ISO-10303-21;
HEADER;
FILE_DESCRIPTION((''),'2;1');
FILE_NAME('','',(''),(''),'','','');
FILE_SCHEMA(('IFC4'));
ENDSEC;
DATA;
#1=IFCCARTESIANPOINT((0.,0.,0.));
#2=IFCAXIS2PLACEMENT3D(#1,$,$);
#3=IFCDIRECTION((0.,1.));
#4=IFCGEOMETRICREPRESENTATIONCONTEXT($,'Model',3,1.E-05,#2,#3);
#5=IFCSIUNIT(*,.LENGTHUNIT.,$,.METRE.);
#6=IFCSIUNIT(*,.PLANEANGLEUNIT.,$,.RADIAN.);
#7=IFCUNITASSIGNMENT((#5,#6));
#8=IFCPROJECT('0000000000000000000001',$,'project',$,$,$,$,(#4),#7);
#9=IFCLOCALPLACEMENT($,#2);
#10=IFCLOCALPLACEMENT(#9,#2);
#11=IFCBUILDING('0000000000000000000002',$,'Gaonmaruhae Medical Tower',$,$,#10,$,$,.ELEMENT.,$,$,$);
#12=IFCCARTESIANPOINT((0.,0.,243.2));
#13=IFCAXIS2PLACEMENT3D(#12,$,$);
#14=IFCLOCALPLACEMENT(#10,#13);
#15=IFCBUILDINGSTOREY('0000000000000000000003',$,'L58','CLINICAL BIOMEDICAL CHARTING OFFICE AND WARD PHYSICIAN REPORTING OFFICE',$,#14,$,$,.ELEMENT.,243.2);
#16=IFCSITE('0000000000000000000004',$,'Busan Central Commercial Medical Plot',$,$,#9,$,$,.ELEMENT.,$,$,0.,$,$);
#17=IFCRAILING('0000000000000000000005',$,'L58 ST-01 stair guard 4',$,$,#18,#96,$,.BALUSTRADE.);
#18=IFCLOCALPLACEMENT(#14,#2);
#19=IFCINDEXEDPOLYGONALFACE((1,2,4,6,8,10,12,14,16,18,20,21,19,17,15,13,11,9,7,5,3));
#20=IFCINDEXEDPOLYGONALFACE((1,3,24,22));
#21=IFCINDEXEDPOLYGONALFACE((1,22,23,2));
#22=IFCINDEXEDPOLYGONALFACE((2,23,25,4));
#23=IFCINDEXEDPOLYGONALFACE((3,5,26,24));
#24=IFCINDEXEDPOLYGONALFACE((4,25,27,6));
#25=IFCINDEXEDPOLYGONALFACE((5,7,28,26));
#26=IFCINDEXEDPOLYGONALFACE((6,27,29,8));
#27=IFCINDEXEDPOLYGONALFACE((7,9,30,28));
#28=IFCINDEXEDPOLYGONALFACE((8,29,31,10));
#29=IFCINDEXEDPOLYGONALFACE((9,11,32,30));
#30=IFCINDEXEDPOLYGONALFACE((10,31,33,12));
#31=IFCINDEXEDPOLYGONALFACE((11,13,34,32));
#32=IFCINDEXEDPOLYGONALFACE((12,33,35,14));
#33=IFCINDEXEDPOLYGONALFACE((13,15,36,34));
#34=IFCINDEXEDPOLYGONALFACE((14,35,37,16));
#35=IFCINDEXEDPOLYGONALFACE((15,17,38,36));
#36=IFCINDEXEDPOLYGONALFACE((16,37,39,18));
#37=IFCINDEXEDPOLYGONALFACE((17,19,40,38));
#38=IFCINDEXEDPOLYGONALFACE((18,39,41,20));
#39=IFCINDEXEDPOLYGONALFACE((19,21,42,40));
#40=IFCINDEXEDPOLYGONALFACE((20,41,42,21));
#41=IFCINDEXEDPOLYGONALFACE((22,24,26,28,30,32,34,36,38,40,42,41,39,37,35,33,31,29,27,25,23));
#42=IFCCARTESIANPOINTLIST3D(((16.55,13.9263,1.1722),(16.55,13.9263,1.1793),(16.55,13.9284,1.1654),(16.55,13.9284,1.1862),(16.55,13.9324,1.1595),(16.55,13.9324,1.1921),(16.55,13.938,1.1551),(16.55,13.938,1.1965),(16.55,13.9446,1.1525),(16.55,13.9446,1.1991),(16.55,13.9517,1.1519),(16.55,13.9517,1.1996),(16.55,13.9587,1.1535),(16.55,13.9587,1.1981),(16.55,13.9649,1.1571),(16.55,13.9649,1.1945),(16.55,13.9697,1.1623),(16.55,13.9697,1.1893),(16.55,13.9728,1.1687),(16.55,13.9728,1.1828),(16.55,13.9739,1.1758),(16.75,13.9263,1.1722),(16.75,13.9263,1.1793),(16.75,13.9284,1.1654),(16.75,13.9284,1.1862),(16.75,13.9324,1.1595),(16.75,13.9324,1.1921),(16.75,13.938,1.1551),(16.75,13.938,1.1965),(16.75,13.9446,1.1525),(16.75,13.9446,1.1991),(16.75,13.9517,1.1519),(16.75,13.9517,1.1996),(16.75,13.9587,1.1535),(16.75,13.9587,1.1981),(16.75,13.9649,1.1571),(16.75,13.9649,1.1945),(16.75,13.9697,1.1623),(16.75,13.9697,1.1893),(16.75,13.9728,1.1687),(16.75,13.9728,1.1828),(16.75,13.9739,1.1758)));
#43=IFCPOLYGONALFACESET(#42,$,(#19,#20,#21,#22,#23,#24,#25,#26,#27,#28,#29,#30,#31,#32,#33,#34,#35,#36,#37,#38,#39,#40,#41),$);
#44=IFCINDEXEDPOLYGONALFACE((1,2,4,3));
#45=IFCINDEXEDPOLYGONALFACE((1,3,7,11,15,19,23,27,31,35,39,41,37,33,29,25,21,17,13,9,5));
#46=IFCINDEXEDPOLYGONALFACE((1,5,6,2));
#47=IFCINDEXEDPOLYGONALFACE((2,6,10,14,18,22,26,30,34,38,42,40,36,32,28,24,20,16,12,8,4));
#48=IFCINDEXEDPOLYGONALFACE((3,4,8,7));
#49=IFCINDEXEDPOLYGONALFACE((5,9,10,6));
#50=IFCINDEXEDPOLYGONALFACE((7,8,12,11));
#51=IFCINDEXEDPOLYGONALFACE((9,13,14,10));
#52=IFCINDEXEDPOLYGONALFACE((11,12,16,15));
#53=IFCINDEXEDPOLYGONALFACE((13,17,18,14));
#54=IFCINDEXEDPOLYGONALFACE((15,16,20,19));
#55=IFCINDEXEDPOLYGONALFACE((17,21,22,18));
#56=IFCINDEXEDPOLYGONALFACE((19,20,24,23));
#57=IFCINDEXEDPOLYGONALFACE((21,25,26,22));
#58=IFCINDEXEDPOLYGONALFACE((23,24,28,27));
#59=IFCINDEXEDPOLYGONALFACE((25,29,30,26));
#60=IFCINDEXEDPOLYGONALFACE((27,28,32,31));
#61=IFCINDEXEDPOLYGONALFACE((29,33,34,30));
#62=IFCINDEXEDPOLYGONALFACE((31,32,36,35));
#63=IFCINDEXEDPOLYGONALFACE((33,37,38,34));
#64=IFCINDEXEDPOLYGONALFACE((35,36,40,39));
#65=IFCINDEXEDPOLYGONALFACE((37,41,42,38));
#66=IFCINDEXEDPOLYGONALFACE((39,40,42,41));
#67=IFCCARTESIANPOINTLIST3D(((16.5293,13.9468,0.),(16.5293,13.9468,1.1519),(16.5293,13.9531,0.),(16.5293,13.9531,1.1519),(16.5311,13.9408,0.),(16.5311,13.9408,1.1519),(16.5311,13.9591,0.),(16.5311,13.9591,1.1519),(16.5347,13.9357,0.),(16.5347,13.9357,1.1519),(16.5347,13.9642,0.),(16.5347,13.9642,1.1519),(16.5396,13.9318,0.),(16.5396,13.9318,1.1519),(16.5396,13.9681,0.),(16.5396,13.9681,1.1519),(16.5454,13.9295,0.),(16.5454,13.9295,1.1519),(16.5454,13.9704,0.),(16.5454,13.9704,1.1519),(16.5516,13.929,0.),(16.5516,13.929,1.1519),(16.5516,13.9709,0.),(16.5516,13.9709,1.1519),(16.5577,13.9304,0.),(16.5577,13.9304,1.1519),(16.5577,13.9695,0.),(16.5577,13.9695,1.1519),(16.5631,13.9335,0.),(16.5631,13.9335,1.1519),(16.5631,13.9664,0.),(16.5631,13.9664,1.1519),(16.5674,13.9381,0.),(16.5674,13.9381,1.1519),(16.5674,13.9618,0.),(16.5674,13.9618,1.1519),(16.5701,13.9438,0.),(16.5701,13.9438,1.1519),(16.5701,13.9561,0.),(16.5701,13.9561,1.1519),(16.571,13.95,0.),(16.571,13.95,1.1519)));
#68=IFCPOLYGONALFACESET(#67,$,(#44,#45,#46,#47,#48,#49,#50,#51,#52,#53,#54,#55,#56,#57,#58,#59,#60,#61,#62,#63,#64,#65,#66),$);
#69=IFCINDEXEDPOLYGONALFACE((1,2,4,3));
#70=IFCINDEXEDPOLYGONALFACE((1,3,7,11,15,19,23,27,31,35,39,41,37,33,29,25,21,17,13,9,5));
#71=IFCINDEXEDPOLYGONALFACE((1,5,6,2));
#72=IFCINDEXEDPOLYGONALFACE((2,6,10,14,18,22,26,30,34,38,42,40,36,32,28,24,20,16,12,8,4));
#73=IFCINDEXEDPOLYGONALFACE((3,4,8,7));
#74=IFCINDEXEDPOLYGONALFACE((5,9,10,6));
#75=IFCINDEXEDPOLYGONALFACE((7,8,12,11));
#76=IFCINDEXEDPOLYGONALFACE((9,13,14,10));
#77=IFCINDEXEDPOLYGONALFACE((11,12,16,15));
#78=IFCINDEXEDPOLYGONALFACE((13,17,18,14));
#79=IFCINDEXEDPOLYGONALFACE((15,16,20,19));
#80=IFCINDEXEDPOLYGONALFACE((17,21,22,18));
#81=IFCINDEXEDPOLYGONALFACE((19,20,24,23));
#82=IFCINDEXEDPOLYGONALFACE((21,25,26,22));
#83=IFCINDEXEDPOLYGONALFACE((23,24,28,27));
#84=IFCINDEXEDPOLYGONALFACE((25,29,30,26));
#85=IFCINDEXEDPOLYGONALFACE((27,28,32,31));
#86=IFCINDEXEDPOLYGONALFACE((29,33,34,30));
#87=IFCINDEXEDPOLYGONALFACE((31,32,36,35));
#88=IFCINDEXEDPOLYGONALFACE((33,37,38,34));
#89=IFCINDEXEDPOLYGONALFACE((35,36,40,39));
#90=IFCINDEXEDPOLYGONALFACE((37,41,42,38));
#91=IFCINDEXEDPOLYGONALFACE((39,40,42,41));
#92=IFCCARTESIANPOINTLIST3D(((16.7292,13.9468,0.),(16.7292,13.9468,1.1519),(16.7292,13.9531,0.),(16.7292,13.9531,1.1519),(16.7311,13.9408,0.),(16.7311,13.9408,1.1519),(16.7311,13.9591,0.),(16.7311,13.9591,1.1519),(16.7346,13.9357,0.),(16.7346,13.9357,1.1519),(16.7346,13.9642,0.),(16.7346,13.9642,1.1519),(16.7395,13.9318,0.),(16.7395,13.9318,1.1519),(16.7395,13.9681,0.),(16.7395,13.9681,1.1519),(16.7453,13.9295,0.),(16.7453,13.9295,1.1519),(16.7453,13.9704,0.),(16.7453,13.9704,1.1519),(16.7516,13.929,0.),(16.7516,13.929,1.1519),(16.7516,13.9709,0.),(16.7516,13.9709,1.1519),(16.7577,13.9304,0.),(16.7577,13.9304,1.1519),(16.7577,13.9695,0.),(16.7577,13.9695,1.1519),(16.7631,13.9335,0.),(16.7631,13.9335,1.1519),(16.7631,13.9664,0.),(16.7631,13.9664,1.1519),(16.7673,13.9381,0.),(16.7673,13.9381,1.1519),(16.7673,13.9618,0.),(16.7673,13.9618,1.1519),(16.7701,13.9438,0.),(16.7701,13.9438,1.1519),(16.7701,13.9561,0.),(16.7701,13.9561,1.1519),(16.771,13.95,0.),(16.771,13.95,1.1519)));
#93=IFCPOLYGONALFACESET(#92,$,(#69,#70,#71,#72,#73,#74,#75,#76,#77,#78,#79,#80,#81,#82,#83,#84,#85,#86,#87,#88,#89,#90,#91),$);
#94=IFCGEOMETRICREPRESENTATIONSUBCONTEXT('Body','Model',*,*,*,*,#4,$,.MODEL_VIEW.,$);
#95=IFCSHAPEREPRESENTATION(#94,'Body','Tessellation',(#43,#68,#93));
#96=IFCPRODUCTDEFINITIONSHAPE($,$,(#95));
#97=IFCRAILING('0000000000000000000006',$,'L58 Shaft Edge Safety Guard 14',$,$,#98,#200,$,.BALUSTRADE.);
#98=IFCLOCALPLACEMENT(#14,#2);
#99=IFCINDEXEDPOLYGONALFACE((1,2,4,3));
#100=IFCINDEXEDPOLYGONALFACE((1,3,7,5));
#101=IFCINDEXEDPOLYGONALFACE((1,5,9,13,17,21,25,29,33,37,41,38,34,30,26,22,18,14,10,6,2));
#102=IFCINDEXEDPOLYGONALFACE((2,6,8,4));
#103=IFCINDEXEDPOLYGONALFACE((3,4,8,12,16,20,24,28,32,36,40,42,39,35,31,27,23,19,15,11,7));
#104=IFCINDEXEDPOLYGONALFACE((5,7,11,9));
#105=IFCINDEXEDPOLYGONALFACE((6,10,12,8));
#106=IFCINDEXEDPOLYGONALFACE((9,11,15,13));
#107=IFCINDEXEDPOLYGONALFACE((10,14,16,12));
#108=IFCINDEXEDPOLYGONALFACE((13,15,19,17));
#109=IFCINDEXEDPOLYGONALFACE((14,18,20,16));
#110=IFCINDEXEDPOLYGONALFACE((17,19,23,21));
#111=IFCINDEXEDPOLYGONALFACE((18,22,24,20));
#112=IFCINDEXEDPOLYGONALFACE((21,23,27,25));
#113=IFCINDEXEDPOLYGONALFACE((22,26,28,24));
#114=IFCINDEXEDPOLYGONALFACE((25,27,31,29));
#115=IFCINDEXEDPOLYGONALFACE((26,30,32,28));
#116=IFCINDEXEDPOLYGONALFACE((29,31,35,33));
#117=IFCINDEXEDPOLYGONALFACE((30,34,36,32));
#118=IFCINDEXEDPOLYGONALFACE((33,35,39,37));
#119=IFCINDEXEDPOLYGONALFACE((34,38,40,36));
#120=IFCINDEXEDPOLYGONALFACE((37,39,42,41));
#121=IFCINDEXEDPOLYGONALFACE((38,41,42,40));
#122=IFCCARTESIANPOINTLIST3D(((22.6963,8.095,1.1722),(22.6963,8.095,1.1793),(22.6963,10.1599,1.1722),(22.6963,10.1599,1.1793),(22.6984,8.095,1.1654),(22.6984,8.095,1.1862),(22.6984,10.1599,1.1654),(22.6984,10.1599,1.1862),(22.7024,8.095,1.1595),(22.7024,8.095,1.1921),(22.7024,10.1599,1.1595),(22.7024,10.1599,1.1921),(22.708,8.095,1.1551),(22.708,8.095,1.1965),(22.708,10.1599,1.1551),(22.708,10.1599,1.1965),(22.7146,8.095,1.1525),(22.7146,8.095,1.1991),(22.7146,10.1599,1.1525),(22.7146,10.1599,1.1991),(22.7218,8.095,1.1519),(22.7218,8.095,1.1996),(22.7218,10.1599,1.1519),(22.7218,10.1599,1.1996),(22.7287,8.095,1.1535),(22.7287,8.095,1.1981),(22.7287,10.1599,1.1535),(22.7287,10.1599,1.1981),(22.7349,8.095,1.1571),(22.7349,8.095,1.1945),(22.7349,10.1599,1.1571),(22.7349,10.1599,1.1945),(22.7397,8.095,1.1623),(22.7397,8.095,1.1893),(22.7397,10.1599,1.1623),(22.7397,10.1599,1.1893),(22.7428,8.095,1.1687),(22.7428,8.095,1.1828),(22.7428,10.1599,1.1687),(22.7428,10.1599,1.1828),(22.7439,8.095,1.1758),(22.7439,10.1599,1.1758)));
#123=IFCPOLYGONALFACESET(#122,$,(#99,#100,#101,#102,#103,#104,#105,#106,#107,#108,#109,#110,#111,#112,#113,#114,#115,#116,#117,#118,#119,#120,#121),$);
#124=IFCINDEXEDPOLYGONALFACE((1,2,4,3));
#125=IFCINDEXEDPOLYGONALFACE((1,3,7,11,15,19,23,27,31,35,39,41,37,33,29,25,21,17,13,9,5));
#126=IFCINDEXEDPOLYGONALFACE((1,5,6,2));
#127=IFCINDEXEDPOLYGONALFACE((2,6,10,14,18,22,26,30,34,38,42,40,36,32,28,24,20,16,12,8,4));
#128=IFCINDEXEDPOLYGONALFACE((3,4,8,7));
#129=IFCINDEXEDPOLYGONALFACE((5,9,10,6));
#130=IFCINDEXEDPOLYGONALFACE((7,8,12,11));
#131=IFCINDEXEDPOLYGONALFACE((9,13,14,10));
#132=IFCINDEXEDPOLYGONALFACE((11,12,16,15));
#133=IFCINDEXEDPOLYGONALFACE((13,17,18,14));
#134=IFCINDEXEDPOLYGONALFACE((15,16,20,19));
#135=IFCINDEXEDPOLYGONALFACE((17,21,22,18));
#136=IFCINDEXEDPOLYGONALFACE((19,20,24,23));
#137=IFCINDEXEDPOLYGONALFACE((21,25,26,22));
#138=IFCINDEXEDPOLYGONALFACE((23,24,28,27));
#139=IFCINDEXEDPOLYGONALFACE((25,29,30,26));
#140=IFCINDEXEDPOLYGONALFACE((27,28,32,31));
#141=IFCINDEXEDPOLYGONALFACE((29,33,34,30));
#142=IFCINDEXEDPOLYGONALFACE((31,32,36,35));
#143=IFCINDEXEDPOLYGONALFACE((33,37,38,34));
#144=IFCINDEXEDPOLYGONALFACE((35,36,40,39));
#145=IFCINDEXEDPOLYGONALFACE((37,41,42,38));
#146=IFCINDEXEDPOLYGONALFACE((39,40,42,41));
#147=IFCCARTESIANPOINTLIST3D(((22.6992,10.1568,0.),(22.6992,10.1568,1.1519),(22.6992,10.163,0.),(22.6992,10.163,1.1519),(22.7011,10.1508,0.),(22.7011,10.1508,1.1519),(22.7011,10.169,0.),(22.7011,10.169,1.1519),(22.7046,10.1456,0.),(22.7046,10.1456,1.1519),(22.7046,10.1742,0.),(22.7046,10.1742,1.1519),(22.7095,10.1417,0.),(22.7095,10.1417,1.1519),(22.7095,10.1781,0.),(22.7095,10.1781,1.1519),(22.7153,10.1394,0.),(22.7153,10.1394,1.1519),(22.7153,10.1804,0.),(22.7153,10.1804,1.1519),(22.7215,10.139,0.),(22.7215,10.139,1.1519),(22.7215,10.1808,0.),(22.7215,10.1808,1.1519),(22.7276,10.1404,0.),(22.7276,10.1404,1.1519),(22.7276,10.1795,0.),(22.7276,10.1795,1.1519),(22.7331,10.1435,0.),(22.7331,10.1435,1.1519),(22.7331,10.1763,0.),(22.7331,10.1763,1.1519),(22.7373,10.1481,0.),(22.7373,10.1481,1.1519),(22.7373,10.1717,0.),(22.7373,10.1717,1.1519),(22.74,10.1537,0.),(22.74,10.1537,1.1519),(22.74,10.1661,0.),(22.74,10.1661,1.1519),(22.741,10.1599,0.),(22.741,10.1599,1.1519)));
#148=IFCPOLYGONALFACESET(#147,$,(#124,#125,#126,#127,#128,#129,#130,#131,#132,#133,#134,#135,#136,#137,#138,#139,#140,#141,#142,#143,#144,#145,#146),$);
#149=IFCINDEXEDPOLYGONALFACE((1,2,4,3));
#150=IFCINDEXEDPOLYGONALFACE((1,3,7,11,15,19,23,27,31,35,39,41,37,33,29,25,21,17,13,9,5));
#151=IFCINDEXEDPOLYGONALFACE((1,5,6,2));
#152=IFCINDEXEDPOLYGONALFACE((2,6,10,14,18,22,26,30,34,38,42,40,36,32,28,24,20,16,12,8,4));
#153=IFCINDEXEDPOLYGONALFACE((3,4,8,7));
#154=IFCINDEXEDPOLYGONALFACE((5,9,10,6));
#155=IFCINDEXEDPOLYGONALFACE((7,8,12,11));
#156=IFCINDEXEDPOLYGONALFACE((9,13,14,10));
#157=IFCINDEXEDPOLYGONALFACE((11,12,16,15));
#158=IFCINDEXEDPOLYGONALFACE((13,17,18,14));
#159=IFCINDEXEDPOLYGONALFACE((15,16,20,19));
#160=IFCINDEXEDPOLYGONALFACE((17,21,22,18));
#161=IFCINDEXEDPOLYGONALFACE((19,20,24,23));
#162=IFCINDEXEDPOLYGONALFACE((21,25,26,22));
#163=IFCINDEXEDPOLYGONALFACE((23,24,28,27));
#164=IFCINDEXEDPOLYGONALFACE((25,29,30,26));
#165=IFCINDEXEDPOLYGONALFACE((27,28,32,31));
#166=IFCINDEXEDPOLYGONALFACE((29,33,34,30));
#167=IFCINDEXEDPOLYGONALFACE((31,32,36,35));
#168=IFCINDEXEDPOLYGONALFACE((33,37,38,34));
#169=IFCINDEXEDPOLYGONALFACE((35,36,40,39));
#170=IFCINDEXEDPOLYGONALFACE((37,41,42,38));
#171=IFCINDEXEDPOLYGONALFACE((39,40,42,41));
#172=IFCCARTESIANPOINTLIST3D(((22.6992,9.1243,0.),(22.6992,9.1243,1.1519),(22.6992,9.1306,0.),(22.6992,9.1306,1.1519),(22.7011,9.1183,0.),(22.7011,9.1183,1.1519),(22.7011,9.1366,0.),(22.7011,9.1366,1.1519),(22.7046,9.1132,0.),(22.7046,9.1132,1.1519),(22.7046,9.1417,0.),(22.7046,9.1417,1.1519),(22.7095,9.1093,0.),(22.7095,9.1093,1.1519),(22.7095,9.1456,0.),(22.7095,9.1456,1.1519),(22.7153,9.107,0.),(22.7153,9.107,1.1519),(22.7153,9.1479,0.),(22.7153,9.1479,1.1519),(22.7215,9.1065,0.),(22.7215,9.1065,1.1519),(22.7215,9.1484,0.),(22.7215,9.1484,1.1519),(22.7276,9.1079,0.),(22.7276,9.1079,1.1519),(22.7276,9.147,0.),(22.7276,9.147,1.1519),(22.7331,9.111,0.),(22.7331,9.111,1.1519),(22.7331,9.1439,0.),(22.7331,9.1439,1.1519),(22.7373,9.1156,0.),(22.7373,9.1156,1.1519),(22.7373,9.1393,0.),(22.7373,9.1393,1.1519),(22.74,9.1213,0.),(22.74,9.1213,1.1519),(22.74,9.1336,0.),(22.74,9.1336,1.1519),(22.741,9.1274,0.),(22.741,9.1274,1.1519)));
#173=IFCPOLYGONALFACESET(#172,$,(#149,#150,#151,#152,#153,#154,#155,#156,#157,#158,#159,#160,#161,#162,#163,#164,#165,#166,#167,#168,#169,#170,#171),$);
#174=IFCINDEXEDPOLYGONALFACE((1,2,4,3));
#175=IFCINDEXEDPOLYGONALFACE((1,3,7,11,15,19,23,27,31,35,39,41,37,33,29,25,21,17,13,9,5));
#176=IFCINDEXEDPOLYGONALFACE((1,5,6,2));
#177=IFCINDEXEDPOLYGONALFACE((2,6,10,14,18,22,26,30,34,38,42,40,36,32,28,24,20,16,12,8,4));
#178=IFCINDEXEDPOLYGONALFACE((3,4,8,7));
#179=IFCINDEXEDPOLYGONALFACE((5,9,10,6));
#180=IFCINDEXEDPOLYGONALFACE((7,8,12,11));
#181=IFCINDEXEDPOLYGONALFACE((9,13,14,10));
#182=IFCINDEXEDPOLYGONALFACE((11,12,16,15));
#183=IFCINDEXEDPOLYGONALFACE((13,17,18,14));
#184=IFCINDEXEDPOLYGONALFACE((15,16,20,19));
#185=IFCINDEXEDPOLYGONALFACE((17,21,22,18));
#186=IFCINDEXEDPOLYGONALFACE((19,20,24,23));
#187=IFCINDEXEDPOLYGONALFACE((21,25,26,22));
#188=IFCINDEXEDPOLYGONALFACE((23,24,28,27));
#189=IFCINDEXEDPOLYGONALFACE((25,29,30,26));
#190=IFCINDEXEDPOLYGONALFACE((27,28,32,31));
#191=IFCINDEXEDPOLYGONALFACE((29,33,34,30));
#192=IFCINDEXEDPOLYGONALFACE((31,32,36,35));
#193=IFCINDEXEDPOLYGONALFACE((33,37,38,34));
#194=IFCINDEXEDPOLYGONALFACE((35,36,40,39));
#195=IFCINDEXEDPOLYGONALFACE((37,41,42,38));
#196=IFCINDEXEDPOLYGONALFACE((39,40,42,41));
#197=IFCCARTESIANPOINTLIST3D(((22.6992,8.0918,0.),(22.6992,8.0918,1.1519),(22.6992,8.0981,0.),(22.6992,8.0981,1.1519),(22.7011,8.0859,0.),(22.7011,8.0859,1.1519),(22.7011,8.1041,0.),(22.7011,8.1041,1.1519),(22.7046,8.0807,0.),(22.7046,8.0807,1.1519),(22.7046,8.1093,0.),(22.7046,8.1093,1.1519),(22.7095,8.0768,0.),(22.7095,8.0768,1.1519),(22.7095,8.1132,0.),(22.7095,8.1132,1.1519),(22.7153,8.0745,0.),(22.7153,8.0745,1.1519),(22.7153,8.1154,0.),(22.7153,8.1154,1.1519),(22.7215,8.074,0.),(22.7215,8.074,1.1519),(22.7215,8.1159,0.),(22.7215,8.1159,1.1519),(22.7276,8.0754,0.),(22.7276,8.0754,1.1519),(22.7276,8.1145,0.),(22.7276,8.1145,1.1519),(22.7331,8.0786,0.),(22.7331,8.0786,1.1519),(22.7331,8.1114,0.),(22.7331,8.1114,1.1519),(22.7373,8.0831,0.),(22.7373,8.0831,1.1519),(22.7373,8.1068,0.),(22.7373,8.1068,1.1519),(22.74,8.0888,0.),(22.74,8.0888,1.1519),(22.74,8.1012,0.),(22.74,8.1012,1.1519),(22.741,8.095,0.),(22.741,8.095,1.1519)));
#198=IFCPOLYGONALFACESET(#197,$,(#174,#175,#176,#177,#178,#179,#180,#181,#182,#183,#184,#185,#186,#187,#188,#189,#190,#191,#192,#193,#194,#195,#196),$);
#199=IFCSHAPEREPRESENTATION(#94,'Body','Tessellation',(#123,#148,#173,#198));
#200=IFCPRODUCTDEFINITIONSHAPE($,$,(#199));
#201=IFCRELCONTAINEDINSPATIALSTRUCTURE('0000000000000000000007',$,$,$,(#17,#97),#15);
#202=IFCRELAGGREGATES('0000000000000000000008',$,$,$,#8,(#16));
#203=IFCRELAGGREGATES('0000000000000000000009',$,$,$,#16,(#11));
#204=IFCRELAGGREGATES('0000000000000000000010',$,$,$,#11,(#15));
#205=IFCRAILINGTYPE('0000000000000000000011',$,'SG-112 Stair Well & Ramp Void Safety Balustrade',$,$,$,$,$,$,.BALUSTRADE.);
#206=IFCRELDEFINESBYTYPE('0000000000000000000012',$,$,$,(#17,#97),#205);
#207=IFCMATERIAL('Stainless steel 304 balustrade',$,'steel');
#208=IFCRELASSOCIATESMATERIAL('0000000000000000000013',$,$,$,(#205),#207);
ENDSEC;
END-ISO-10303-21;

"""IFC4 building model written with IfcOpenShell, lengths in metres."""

from ifc_helpers import new_model, si_unit, direction, frame, origin, origin_2d, place, context, subcontext, project, spatial, circle, extrude, material, type_object, element, save


model = new_model("IFC4")

# Units and contexts
model_context = context("Model", 3, precision=1e-05, world=origin(), true_north=direction((0.0, 1.0)))
body_context = subcontext(model_context, "Body", "Model", "MODEL_VIEW")
ifc_project = project(units=[si_unit("LENGTHUNIT", "METRE"), si_unit("PLANEANGLEUNIT", "RADIAN")], contexts=[model_context])

# Site, building, storey
site_placement = place(None, origin())
site = spatial("IfcSite", under=ifc_project, at=site_placement, Name="Busan Central Commercial Medical Plot", CompositionType="ELEMENT", RefElevation=0.0)
building_placement = place(site_placement, origin())
building = spatial("IfcBuilding", under=site, at=building_placement, Name="Gaonmaruhae Medical Tower", CompositionType="ELEMENT")
storey_placement = place(building_placement, frame((0.0, 0.0, 243.2)))
storey = spatial("IfcBuildingStorey", under=building, at=storey_placement, Name="L58", Description="CLINICAL BIOMEDICAL CHARTING OFFICE AND WARD PHYSICIAN REPORTING OFFICE", CompositionType="ELEMENT", Elevation=243.2)

# Railings
ifc_material_1 = material(Name="Stainless steel 304 balustrade", Category="steel")
railing_type_1 = type_object("IfcRailingType", Name="SG-112 Stair Well & Ramp Void Safety Balustrade", PredefinedType="BALUSTRADE", material=ifc_material_1)
railing_1_placement = place(storey_placement, frame((16.55, 13.95, 0.0)))
element("IfcRailing", 1, at=railing_1_placement, inside=storey, type_object=railing_type_1, Name="L58 ST-01 stair guard 4", PredefinedType="BALUSTRADE", context=body_context, shape_type="SweptSolid", body=[
    extrude(circle(Radius=0.0239, at=origin_2d()), frame((0.0, 0.0, 1.1758), z_axis=(1.0, 0.0, 0.0), x_axis=(0.0, 1.0, 0.0)), (0.0, 0.0, 1.0), 0.2),
    extrude(circle(Radius=0.021, at=origin_2d()), origin(), (0.0, 0.0, 1.0), 1.1519),
    extrude(circle(Radius=0.021, at=origin_2d()), frame((0.2, 0.0, 0.0)), (0.0, 0.0, 1.0), 1.1519),
])
railing_2_placement = place(storey_placement, frame((22.72, 10.1599, 0.0)))
element("IfcRailing", 2, at=railing_2_placement, inside=storey, type_object=railing_type_1, Name="L58 Shaft Edge Safety Guard 14", PredefinedType="BALUSTRADE", context=body_context, shape_type="SweptSolid", body=[
    extrude(circle(Radius=0.0239, at=origin_2d()), frame((0.0, 0.0, 1.1758), z_axis=(0.0, -1.0, 0.0), x_axis=(1.0, 0.0, 0.0)), (0.0, 0.0, 1.0), 2.0649),
    extrude(circle(Radius=0.021, at=origin_2d()), origin(), (0.0, 0.0, 1.0), 1.1519),
    extrude(circle(Radius=0.021, at=origin_2d()), frame((0.0, -1.0325, 0.0)), (0.0, 0.0, 1.0), 1.1519),
    extrude(circle(Radius=0.021, at=origin_2d()), frame((0.0, -2.0649, 0.0)), (0.0, 0.0, 1.0), 1.1519),
])

save(model, "model.ifc")
